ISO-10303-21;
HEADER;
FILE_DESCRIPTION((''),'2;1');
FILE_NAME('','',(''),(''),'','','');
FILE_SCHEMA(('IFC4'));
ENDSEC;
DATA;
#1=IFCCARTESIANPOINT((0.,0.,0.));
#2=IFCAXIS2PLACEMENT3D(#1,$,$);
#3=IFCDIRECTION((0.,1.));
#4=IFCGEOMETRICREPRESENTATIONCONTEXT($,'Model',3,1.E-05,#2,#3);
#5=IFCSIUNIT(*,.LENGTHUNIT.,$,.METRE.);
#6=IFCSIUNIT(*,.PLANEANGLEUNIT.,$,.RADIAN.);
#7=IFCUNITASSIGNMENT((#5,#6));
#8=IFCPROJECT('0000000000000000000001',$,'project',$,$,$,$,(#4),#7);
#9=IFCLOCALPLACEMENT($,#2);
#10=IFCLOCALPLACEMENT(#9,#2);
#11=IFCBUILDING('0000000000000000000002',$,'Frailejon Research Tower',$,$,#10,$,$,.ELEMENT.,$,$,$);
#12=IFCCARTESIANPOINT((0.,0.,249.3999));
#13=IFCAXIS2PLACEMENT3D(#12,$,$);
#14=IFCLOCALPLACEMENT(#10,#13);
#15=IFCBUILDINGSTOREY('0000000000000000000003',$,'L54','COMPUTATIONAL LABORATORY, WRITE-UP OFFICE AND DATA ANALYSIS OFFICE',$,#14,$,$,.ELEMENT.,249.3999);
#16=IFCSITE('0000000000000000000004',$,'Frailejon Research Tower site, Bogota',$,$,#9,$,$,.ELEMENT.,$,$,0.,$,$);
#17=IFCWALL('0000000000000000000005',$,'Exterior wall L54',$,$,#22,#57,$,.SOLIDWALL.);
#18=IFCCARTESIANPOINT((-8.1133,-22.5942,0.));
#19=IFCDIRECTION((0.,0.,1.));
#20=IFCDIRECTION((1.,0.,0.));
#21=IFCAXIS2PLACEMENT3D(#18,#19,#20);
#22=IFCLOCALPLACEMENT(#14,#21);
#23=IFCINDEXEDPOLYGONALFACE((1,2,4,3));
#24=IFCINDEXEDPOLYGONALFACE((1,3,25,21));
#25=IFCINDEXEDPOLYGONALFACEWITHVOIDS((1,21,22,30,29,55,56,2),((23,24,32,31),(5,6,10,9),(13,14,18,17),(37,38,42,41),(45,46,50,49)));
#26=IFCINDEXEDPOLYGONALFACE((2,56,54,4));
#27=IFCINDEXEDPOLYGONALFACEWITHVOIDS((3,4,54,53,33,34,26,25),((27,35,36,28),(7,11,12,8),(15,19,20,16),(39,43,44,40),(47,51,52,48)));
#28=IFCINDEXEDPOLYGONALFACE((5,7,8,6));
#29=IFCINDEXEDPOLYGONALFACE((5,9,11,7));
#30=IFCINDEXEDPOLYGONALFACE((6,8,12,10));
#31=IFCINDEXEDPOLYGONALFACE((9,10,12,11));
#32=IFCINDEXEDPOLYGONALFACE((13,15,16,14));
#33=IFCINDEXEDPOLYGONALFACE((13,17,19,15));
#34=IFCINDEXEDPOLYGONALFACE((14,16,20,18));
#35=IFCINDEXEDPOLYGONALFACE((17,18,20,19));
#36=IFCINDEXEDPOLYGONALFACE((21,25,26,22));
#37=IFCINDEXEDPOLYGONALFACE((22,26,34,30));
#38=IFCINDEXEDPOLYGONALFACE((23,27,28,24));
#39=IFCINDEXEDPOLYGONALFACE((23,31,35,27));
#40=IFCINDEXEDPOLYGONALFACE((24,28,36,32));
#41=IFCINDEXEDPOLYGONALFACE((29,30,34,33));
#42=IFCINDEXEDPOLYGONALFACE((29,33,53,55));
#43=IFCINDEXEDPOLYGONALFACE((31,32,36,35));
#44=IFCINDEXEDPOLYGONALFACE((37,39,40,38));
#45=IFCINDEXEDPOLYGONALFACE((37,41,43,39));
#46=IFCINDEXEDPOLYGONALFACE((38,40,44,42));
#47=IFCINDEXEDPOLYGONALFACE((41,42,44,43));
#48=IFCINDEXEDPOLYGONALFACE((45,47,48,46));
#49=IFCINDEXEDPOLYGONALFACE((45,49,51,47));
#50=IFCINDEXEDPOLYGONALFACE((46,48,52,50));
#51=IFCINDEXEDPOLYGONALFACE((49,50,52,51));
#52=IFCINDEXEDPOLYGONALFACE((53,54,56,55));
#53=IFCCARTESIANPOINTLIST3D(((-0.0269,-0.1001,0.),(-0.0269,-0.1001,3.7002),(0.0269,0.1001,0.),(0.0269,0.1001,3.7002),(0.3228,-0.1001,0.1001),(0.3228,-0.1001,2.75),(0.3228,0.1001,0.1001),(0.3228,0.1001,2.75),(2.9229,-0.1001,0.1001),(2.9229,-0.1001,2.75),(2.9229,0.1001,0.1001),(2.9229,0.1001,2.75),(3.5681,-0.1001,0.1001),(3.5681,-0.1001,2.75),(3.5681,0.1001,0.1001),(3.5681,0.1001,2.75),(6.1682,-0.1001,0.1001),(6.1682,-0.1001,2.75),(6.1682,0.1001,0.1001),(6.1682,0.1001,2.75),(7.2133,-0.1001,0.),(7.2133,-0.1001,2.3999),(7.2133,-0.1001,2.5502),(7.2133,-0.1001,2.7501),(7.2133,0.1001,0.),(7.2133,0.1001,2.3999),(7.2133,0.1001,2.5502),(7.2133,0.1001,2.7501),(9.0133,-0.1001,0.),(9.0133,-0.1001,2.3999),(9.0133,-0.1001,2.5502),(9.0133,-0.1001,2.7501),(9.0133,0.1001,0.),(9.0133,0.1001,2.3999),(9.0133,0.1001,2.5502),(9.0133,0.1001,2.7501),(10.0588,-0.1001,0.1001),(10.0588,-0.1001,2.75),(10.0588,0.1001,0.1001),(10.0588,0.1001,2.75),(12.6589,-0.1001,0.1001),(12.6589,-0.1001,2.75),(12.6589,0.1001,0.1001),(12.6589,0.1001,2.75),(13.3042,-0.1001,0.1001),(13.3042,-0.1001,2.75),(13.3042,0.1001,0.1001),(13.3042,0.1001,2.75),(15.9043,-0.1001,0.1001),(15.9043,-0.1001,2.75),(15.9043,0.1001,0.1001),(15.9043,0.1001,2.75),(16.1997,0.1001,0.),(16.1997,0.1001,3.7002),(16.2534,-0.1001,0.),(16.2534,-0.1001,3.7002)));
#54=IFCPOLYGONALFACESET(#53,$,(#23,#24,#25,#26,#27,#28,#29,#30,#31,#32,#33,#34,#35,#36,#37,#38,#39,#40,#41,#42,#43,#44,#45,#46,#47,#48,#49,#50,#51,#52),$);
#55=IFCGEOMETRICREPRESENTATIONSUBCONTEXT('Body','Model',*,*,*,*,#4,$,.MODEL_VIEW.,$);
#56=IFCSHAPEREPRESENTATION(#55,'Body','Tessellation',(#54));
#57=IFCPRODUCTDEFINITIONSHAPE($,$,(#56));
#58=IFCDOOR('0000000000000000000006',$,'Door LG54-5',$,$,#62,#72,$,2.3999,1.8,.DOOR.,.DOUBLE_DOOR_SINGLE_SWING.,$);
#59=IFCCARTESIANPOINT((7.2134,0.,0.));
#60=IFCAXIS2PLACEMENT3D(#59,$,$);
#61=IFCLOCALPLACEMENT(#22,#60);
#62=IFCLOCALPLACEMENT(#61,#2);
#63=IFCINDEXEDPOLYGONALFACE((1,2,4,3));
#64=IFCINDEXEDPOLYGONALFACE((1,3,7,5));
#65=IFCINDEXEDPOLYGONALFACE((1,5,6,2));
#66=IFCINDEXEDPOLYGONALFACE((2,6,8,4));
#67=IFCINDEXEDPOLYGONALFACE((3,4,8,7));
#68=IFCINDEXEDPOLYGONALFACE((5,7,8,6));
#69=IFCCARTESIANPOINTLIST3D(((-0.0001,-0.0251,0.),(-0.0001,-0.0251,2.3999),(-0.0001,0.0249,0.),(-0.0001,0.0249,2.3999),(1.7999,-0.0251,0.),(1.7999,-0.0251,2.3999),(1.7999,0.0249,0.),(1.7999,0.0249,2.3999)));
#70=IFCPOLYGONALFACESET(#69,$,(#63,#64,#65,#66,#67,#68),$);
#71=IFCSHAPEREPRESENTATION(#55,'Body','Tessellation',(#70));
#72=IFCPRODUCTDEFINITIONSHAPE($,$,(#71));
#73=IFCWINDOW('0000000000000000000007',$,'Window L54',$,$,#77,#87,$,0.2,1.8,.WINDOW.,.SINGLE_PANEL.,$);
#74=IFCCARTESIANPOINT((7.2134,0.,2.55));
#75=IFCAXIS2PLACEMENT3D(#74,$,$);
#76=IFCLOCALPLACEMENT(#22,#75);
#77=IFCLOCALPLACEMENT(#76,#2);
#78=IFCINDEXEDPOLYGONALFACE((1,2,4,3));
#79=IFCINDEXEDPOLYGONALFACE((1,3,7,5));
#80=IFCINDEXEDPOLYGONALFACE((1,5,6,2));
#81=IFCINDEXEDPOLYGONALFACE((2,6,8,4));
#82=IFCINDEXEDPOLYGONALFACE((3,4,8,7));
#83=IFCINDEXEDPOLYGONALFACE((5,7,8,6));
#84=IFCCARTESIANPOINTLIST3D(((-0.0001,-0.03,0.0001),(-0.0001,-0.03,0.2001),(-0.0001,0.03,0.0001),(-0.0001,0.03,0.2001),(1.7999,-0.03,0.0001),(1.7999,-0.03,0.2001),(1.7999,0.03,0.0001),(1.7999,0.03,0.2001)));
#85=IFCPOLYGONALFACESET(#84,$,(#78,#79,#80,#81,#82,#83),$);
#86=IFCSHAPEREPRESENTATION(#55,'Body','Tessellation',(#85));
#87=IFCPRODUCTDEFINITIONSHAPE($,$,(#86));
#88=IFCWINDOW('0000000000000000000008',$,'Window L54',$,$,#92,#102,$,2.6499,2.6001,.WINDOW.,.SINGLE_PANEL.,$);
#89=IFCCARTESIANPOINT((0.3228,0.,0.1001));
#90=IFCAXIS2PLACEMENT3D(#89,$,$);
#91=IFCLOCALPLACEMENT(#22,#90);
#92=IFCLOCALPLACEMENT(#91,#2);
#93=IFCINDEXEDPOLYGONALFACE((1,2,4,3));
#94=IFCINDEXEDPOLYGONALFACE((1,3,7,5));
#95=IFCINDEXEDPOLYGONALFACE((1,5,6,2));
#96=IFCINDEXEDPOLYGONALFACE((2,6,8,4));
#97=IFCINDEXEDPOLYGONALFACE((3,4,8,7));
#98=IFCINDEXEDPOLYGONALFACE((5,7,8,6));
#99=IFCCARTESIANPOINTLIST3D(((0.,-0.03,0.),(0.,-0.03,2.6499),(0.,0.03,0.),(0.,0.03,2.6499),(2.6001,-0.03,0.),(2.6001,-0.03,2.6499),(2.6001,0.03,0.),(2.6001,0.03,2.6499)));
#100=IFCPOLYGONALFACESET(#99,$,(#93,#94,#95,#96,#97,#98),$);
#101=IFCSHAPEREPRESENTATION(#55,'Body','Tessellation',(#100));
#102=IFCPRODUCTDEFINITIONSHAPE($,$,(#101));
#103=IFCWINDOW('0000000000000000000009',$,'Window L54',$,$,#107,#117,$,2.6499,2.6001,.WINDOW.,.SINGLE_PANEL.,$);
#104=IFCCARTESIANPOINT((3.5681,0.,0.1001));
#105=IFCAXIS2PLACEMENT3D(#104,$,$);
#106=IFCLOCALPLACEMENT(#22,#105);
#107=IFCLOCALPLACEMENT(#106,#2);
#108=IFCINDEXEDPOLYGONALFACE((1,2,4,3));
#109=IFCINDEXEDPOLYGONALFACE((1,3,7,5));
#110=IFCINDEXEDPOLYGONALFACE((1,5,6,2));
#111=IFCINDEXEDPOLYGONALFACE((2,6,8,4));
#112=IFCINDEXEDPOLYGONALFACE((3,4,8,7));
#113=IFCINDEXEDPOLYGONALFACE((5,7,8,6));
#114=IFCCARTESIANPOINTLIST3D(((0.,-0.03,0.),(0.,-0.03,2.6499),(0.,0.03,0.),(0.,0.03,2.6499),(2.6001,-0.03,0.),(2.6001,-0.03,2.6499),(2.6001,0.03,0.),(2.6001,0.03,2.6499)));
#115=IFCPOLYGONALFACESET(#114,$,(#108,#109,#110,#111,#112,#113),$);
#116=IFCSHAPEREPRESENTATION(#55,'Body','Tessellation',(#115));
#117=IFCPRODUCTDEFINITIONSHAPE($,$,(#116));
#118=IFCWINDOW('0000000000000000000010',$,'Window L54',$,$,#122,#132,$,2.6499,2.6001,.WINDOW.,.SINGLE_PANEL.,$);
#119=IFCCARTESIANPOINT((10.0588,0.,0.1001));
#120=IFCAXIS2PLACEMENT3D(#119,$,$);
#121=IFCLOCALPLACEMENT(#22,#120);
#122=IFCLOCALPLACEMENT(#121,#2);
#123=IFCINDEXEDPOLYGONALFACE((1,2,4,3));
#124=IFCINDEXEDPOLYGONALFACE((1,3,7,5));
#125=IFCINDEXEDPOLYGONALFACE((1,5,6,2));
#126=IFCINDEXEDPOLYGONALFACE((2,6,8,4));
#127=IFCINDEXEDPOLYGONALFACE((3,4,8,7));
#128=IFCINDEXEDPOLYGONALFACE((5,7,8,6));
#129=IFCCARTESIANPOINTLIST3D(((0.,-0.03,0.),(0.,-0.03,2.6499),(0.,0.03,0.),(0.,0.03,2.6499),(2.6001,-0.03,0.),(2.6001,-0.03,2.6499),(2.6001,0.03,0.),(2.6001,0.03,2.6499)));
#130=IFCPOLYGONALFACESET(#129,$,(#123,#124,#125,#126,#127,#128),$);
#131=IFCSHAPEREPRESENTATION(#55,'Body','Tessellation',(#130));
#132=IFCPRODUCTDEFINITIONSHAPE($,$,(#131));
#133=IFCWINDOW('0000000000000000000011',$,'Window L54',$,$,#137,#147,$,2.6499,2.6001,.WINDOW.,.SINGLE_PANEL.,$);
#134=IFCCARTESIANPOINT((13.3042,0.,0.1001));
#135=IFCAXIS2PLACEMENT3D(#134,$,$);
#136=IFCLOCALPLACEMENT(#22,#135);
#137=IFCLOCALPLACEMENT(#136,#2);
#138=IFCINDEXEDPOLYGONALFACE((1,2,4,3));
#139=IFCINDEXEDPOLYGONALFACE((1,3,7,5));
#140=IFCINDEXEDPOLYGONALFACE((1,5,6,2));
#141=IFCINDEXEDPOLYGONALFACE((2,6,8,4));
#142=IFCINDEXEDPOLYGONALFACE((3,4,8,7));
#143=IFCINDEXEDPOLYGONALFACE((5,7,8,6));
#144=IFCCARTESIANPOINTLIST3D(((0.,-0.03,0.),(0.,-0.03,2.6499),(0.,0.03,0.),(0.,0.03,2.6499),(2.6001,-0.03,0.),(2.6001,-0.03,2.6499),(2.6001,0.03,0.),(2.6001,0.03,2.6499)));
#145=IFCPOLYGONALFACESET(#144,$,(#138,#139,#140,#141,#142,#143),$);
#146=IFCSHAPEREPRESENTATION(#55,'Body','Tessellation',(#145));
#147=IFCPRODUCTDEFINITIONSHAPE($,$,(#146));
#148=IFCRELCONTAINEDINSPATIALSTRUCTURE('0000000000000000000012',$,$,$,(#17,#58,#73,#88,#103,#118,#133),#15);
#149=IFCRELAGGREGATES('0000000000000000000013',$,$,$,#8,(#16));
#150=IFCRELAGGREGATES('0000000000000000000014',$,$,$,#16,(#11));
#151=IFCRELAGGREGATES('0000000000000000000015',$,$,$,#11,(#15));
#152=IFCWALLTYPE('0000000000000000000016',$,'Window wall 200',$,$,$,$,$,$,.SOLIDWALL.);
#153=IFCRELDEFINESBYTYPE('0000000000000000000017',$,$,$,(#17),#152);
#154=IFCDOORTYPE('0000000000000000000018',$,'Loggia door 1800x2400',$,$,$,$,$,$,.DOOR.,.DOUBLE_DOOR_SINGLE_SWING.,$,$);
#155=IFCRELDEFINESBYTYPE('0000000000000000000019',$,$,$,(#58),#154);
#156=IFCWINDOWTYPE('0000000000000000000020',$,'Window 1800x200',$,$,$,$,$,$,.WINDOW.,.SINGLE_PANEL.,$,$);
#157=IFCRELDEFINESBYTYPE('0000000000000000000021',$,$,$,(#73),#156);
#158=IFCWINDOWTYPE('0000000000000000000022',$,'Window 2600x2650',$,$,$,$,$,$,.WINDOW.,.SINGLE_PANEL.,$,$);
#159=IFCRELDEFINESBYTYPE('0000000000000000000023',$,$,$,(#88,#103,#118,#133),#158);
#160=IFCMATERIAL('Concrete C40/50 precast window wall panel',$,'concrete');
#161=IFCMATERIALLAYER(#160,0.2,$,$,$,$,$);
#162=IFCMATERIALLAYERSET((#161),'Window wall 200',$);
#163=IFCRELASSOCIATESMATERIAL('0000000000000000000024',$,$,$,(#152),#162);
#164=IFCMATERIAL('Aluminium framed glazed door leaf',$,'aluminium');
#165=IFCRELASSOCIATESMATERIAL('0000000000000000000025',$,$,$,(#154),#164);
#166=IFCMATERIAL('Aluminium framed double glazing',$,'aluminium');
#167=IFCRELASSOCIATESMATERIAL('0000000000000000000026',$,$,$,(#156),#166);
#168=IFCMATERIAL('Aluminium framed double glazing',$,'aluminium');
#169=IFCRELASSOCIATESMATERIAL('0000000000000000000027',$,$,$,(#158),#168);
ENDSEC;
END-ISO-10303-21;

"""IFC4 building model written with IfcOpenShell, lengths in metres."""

from ifc_helpers import new_model, si_unit, direction, frame, frame_2d, origin, place, context, subcontext, project, spatial, polyline, rectangle, outline, extrude, material, layer, layer_set, type_object, element, fill, save


model = new_model("IFC4")

# Units and contexts
model_context = context("Model", 3, precision=1e-05, world=origin(), true_north=direction((0.0, 1.0)))
body_context = subcontext(model_context, "Body", "Model", "MODEL_VIEW")
ifc_project = project(units=[si_unit("LENGTHUNIT", "METRE"), si_unit("PLANEANGLEUNIT", "RADIAN")], contexts=[model_context])

# Site, building, storey
site_placement = place(None, origin())
site = spatial("IfcSite", under=ifc_project, at=site_placement, Name="Frailejon Research Tower site, Bogota", CompositionType="ELEMENT", RefElevation=0.0)
building_placement = place(site_placement, origin())
building = spatial("IfcBuilding", under=site, at=building_placement, Name="Frailejon Research Tower", CompositionType="ELEMENT")
storey_placement = place(building_placement, frame((0.0, 0.0, 249.3999)))
storey = spatial("IfcBuildingStorey", under=building, at=storey_placement, Name="L54", Description="COMPUTATIONAL LABORATORY, WRITE-UP OFFICE AND DATA ANALYSIS OFFICE", CompositionType="ELEMENT", Elevation=249.3999)

# Wall, openings, door, windows
ifc_material_1 = material(Name="Concrete C40/50 precast window wall panel", Category="concrete")
ifc_layer_1 = layer(ifc_material_1, 0.2)
ifc_layer_set_1 = layer_set([ifc_layer_1], Name="Window wall 200")
wall_type_1 = type_object("IfcWallType", Name="Window wall 200", PredefinedType="SOLIDWALL", material=ifc_layer_set_1)
wall_1_placement = place(storey_placement, frame((-8.1133, -22.5942, 0.0), z_axis=(0.0, 0.0, 1.0), x_axis=(1.0, 0.0, 0.0)))
wall_1 = element("IfcWall", 1, at=wall_1_placement, inside=storey, type_object=wall_type_1, Name="Exterior wall L54", PredefinedType="SOLIDWALL", context=body_context, shape_type="SweptSolid", body=[
    extrude(outline(polyline([(-0.0269, -0.1001), (0.9907, -0.1001), (2.0083, -0.1001), (3.0256, -0.1001), (4.0432, -0.1001), (5.0608, -0.1001), (6.0781, -0.1001), (7.0957, -0.1001), (8.1133, -0.1001), (9.1309, -0.1001), (10.1484, -0.1001), (11.1658, -0.1001), (12.1833, -0.1001), (13.2009, -0.1001), (14.2183, -0.1001), (15.2358, -0.1001), (16.2534, -0.1001), (16.1997, 0.1001), (15.189, 0.1001), (14.1782, 0.1001), (13.1672, 0.1001), (12.1565, 0.1001), (11.1458, 0.1001), (10.1348, 0.1001), (9.124, 0.1001), (8.1133, 0.1001), (7.1025, 0.1001), (6.0918, 0.1001), (5.0808, 0.1001), (4.0701, 0.1001), (3.0593, 0.1001), (2.0483, 0.1001), (1.0376, 0.1001), (0.0269, 0.1001), (-0.0269, -0.1001)])), origin(), (0.0, 0.0, 1.0), 3.7002),
])
opening_1_placement = place(wall_1_placement, frame((0.3228, 0.0, 0.1001)))
opening_1 = element("IfcOpeningElement", 2, at=opening_1_placement, cuts=wall_1, PredefinedType="OPENING", context=body_context, shape_type="SweptSolid", body=[
    extrude(rectangle(XDim=2.6001, YDim=2.6499, at=frame_2d((1.3, 1.325))), frame((0.0, 0.1099, 0.0), z_axis=(0.0, -1.0, 0.0), x_axis=(1.0, 0.0, 0.0)), (0.0, 0.0, 1.0), 0.22),
])
opening_2_placement = place(wall_1_placement, frame((3.5681, 0.0, 0.1001)))
opening_2 = element("IfcOpeningElement", 3, at=opening_2_placement, cuts=wall_1, PredefinedType="OPENING", context=body_context, shape_type="SweptSolid", body=[
    extrude(rectangle(XDim=2.6001, YDim=2.6499, at=frame_2d((1.3, 1.325))), frame((0.0, 0.1099, 0.0), z_axis=(0.0, -1.0, 0.0), x_axis=(1.0, 0.0, 0.0)), (0.0, 0.0, 1.0), 0.22),
])
opening_3_placement = place(wall_1_placement, frame((7.2134, 0.0, 0.0)))
opening_3 = element("IfcOpeningElement", 4, at=opening_3_placement, cuts=wall_1, PredefinedType="OPENING", context=body_context, shape_type="SweptSolid", body=[
    extrude(rectangle(XDim=1.8, YDim=2.3999, at=frame_2d((0.8999, 1.2))), frame((0.0, 0.1099, 0.0), z_axis=(0.0, -1.0, 0.0), x_axis=(1.0, 0.0, 0.0)), (0.0, 0.0, 1.0), 0.22),
])
opening_4_placement = place(wall_1_placement, frame((7.2134, 0.0, 2.55)))
opening_4 = element("IfcOpeningElement", 5, at=opening_4_placement, cuts=wall_1, PredefinedType="OPENING", context=body_context, shape_type="SweptSolid", body=[
    extrude(rectangle(XDim=1.8, YDim=0.2, at=frame_2d((0.8999, 0.1001))), frame((0.0, 0.1099, 0.0), z_axis=(0.0, -1.0, 0.0), x_axis=(1.0, 0.0, 0.0)), (0.0, 0.0, 1.0), 0.22),
])
opening_5_placement = place(wall_1_placement, frame((10.0588, 0.0, 0.1001)))
opening_5 = element("IfcOpeningElement", 6, at=opening_5_placement, cuts=wall_1, PredefinedType="OPENING", context=body_context, shape_type="SweptSolid", body=[
    extrude(rectangle(XDim=2.6001, YDim=2.6499, at=frame_2d((1.3, 1.325))), frame((0.0, 0.1099, 0.0), z_axis=(0.0, -1.0, 0.0), x_axis=(1.0, 0.0, 0.0)), (0.0, 0.0, 1.0), 0.22),
])
opening_6_placement = place(wall_1_placement, frame((13.3042, 0.0, 0.1001)))
opening_6 = element("IfcOpeningElement", 7, at=opening_6_placement, cuts=wall_1, PredefinedType="OPENING", context=body_context, shape_type="SweptSolid", body=[
    extrude(rectangle(XDim=2.6001, YDim=2.6499, at=frame_2d((1.3, 1.325))), frame((0.0, 0.1099, 0.0), z_axis=(0.0, -1.0, 0.0), x_axis=(1.0, 0.0, 0.0)), (0.0, 0.0, 1.0), 0.22),
])
ifc_material_2 = material(Name="Aluminium framed glazed door leaf", Category="aluminium")
door_type = type_object("IfcDoorType", Name="Loggia door 1800x2400", OperationType="DOUBLE_DOOR_SINGLE_SWING", PredefinedType="DOOR", material=ifc_material_2)
door_placement = place(opening_3_placement, origin())
door = element("IfcDoor", 8, at=door_placement, inside=storey, type_object=door_type, Name="Door LG54-5", OperationType="DOUBLE_DOOR_SINGLE_SWING", OverallHeight=2.3999, OverallWidth=1.8, PredefinedType="DOOR", context=body_context, shape_type="SweptSolid", body=[
    extrude(rectangle(XDim=1.8, YDim=2.3999, at=frame_2d((0.8999, 1.2))), frame((0.0, 0.0249, 0.0), z_axis=(0.0, -1.0, 0.0), x_axis=(1.0, 0.0, 0.0)), (0.0, 0.0, 1.0), 0.05),
])
fill(opening_3, door)
ifc_material_3 = material(Name="Aluminium framed double glazing", Category="aluminium")
window_type_1 = type_object("IfcWindowType", Name="Window 1800x200", PartitioningType="SINGLE_PANEL", PredefinedType="WINDOW", material=ifc_material_3)
window_1_placement = place(opening_4_placement, origin())
window_1 = element("IfcWindow", 9, at=window_1_placement, inside=storey, type_object=window_type_1, Name="Window L54", OverallHeight=0.2, OverallWidth=1.8, PartitioningType="SINGLE_PANEL", PredefinedType="WINDOW", context=body_context, shape_type="SweptSolid", body=[
    extrude(rectangle(XDim=1.8, YDim=0.2, at=frame_2d((0.8999, 0.1001))), frame((0.0, 0.03, 0.0), z_axis=(0.0, -1.0, 0.0), x_axis=(1.0, 0.0, 0.0)), (0.0, 0.0, 1.0), 0.0601),
])
fill(opening_4, window_1)
ifc_material_4 = material(Name="Aluminium framed double glazing", Category="aluminium")
window_type_2 = type_object("IfcWindowType", Name="Window 2600x2650", PartitioningType="SINGLE_PANEL", PredefinedType="WINDOW", material=ifc_material_4)
window_2_placement = place(opening_1_placement, origin())
window_2 = element("IfcWindow", 10, at=window_2_placement, inside=storey, type_object=window_type_2, Name="Window L54", OverallHeight=2.6499, OverallWidth=2.6001, PartitioningType="SINGLE_PANEL", PredefinedType="WINDOW", context=body_context, shape_type="SweptSolid", body=[
    extrude(rectangle(XDim=2.6001, YDim=2.6499, at=frame_2d((1.3, 1.325))), frame((0.0, 0.03, 0.0), z_axis=(0.0, -1.0, 0.0), x_axis=(1.0, 0.0, 0.0)), (0.0, 0.0, 1.0), 0.0601),
])
fill(opening_1, window_2)
window_3_placement = place(opening_2_placement, origin())
window_3 = element("IfcWindow", 11, at=window_3_placement, inside=storey, type_object=window_type_2, Name="Window L54", OverallHeight=2.6499, OverallWidth=2.6001, PartitioningType="SINGLE_PANEL", PredefinedType="WINDOW", context=body_context, shape_type="SweptSolid", body=[
    extrude(rectangle(XDim=2.6001, YDim=2.6499, at=frame_2d((1.3, 1.325))), frame((0.0, 0.03, 0.0), z_axis=(0.0, -1.0, 0.0), x_axis=(1.0, 0.0, 0.0)), (0.0, 0.0, 1.0), 0.0601),
])
fill(opening_2, window_3)
window_4_placement = place(opening_5_placement, origin())
window_4 = element("IfcWindow", 12, at=window_4_placement, inside=storey, type_object=window_type_2, Name="Window L54", OverallHeight=2.6499, OverallWidth=2.6001, PartitioningType="SINGLE_PANEL", PredefinedType="WINDOW", context=body_context, shape_type="SweptSolid", body=[
    extrude(rectangle(XDim=2.6001, YDim=2.6499, at=frame_2d((1.3, 1.325))), frame((0.0, 0.03, 0.0), z_axis=(0.0, -1.0, 0.0), x_axis=(1.0, 0.0, 0.0)), (0.0, 0.0, 1.0), 0.0601),
])
fill(opening_5, window_4)
window_5_placement = place(opening_6_placement, origin())
window_5 = element("IfcWindow", 13, at=window_5_placement, inside=storey, type_object=window_type_2, Name="Window L54", OverallHeight=2.6499, OverallWidth=2.6001, PartitioningType="SINGLE_PANEL", PredefinedType="WINDOW", context=body_context, shape_type="SweptSolid", body=[
    extrude(rectangle(XDim=2.6001, YDim=2.6499, at=frame_2d((1.3, 1.325))), frame((0.0, 0.03, 0.0), z_axis=(0.0, -1.0, 0.0), x_axis=(1.0, 0.0, 0.0)), (0.0, 0.0, 1.0), 0.0601),
])
fill(opening_6, window_5)

save(model, "model.ifc")
